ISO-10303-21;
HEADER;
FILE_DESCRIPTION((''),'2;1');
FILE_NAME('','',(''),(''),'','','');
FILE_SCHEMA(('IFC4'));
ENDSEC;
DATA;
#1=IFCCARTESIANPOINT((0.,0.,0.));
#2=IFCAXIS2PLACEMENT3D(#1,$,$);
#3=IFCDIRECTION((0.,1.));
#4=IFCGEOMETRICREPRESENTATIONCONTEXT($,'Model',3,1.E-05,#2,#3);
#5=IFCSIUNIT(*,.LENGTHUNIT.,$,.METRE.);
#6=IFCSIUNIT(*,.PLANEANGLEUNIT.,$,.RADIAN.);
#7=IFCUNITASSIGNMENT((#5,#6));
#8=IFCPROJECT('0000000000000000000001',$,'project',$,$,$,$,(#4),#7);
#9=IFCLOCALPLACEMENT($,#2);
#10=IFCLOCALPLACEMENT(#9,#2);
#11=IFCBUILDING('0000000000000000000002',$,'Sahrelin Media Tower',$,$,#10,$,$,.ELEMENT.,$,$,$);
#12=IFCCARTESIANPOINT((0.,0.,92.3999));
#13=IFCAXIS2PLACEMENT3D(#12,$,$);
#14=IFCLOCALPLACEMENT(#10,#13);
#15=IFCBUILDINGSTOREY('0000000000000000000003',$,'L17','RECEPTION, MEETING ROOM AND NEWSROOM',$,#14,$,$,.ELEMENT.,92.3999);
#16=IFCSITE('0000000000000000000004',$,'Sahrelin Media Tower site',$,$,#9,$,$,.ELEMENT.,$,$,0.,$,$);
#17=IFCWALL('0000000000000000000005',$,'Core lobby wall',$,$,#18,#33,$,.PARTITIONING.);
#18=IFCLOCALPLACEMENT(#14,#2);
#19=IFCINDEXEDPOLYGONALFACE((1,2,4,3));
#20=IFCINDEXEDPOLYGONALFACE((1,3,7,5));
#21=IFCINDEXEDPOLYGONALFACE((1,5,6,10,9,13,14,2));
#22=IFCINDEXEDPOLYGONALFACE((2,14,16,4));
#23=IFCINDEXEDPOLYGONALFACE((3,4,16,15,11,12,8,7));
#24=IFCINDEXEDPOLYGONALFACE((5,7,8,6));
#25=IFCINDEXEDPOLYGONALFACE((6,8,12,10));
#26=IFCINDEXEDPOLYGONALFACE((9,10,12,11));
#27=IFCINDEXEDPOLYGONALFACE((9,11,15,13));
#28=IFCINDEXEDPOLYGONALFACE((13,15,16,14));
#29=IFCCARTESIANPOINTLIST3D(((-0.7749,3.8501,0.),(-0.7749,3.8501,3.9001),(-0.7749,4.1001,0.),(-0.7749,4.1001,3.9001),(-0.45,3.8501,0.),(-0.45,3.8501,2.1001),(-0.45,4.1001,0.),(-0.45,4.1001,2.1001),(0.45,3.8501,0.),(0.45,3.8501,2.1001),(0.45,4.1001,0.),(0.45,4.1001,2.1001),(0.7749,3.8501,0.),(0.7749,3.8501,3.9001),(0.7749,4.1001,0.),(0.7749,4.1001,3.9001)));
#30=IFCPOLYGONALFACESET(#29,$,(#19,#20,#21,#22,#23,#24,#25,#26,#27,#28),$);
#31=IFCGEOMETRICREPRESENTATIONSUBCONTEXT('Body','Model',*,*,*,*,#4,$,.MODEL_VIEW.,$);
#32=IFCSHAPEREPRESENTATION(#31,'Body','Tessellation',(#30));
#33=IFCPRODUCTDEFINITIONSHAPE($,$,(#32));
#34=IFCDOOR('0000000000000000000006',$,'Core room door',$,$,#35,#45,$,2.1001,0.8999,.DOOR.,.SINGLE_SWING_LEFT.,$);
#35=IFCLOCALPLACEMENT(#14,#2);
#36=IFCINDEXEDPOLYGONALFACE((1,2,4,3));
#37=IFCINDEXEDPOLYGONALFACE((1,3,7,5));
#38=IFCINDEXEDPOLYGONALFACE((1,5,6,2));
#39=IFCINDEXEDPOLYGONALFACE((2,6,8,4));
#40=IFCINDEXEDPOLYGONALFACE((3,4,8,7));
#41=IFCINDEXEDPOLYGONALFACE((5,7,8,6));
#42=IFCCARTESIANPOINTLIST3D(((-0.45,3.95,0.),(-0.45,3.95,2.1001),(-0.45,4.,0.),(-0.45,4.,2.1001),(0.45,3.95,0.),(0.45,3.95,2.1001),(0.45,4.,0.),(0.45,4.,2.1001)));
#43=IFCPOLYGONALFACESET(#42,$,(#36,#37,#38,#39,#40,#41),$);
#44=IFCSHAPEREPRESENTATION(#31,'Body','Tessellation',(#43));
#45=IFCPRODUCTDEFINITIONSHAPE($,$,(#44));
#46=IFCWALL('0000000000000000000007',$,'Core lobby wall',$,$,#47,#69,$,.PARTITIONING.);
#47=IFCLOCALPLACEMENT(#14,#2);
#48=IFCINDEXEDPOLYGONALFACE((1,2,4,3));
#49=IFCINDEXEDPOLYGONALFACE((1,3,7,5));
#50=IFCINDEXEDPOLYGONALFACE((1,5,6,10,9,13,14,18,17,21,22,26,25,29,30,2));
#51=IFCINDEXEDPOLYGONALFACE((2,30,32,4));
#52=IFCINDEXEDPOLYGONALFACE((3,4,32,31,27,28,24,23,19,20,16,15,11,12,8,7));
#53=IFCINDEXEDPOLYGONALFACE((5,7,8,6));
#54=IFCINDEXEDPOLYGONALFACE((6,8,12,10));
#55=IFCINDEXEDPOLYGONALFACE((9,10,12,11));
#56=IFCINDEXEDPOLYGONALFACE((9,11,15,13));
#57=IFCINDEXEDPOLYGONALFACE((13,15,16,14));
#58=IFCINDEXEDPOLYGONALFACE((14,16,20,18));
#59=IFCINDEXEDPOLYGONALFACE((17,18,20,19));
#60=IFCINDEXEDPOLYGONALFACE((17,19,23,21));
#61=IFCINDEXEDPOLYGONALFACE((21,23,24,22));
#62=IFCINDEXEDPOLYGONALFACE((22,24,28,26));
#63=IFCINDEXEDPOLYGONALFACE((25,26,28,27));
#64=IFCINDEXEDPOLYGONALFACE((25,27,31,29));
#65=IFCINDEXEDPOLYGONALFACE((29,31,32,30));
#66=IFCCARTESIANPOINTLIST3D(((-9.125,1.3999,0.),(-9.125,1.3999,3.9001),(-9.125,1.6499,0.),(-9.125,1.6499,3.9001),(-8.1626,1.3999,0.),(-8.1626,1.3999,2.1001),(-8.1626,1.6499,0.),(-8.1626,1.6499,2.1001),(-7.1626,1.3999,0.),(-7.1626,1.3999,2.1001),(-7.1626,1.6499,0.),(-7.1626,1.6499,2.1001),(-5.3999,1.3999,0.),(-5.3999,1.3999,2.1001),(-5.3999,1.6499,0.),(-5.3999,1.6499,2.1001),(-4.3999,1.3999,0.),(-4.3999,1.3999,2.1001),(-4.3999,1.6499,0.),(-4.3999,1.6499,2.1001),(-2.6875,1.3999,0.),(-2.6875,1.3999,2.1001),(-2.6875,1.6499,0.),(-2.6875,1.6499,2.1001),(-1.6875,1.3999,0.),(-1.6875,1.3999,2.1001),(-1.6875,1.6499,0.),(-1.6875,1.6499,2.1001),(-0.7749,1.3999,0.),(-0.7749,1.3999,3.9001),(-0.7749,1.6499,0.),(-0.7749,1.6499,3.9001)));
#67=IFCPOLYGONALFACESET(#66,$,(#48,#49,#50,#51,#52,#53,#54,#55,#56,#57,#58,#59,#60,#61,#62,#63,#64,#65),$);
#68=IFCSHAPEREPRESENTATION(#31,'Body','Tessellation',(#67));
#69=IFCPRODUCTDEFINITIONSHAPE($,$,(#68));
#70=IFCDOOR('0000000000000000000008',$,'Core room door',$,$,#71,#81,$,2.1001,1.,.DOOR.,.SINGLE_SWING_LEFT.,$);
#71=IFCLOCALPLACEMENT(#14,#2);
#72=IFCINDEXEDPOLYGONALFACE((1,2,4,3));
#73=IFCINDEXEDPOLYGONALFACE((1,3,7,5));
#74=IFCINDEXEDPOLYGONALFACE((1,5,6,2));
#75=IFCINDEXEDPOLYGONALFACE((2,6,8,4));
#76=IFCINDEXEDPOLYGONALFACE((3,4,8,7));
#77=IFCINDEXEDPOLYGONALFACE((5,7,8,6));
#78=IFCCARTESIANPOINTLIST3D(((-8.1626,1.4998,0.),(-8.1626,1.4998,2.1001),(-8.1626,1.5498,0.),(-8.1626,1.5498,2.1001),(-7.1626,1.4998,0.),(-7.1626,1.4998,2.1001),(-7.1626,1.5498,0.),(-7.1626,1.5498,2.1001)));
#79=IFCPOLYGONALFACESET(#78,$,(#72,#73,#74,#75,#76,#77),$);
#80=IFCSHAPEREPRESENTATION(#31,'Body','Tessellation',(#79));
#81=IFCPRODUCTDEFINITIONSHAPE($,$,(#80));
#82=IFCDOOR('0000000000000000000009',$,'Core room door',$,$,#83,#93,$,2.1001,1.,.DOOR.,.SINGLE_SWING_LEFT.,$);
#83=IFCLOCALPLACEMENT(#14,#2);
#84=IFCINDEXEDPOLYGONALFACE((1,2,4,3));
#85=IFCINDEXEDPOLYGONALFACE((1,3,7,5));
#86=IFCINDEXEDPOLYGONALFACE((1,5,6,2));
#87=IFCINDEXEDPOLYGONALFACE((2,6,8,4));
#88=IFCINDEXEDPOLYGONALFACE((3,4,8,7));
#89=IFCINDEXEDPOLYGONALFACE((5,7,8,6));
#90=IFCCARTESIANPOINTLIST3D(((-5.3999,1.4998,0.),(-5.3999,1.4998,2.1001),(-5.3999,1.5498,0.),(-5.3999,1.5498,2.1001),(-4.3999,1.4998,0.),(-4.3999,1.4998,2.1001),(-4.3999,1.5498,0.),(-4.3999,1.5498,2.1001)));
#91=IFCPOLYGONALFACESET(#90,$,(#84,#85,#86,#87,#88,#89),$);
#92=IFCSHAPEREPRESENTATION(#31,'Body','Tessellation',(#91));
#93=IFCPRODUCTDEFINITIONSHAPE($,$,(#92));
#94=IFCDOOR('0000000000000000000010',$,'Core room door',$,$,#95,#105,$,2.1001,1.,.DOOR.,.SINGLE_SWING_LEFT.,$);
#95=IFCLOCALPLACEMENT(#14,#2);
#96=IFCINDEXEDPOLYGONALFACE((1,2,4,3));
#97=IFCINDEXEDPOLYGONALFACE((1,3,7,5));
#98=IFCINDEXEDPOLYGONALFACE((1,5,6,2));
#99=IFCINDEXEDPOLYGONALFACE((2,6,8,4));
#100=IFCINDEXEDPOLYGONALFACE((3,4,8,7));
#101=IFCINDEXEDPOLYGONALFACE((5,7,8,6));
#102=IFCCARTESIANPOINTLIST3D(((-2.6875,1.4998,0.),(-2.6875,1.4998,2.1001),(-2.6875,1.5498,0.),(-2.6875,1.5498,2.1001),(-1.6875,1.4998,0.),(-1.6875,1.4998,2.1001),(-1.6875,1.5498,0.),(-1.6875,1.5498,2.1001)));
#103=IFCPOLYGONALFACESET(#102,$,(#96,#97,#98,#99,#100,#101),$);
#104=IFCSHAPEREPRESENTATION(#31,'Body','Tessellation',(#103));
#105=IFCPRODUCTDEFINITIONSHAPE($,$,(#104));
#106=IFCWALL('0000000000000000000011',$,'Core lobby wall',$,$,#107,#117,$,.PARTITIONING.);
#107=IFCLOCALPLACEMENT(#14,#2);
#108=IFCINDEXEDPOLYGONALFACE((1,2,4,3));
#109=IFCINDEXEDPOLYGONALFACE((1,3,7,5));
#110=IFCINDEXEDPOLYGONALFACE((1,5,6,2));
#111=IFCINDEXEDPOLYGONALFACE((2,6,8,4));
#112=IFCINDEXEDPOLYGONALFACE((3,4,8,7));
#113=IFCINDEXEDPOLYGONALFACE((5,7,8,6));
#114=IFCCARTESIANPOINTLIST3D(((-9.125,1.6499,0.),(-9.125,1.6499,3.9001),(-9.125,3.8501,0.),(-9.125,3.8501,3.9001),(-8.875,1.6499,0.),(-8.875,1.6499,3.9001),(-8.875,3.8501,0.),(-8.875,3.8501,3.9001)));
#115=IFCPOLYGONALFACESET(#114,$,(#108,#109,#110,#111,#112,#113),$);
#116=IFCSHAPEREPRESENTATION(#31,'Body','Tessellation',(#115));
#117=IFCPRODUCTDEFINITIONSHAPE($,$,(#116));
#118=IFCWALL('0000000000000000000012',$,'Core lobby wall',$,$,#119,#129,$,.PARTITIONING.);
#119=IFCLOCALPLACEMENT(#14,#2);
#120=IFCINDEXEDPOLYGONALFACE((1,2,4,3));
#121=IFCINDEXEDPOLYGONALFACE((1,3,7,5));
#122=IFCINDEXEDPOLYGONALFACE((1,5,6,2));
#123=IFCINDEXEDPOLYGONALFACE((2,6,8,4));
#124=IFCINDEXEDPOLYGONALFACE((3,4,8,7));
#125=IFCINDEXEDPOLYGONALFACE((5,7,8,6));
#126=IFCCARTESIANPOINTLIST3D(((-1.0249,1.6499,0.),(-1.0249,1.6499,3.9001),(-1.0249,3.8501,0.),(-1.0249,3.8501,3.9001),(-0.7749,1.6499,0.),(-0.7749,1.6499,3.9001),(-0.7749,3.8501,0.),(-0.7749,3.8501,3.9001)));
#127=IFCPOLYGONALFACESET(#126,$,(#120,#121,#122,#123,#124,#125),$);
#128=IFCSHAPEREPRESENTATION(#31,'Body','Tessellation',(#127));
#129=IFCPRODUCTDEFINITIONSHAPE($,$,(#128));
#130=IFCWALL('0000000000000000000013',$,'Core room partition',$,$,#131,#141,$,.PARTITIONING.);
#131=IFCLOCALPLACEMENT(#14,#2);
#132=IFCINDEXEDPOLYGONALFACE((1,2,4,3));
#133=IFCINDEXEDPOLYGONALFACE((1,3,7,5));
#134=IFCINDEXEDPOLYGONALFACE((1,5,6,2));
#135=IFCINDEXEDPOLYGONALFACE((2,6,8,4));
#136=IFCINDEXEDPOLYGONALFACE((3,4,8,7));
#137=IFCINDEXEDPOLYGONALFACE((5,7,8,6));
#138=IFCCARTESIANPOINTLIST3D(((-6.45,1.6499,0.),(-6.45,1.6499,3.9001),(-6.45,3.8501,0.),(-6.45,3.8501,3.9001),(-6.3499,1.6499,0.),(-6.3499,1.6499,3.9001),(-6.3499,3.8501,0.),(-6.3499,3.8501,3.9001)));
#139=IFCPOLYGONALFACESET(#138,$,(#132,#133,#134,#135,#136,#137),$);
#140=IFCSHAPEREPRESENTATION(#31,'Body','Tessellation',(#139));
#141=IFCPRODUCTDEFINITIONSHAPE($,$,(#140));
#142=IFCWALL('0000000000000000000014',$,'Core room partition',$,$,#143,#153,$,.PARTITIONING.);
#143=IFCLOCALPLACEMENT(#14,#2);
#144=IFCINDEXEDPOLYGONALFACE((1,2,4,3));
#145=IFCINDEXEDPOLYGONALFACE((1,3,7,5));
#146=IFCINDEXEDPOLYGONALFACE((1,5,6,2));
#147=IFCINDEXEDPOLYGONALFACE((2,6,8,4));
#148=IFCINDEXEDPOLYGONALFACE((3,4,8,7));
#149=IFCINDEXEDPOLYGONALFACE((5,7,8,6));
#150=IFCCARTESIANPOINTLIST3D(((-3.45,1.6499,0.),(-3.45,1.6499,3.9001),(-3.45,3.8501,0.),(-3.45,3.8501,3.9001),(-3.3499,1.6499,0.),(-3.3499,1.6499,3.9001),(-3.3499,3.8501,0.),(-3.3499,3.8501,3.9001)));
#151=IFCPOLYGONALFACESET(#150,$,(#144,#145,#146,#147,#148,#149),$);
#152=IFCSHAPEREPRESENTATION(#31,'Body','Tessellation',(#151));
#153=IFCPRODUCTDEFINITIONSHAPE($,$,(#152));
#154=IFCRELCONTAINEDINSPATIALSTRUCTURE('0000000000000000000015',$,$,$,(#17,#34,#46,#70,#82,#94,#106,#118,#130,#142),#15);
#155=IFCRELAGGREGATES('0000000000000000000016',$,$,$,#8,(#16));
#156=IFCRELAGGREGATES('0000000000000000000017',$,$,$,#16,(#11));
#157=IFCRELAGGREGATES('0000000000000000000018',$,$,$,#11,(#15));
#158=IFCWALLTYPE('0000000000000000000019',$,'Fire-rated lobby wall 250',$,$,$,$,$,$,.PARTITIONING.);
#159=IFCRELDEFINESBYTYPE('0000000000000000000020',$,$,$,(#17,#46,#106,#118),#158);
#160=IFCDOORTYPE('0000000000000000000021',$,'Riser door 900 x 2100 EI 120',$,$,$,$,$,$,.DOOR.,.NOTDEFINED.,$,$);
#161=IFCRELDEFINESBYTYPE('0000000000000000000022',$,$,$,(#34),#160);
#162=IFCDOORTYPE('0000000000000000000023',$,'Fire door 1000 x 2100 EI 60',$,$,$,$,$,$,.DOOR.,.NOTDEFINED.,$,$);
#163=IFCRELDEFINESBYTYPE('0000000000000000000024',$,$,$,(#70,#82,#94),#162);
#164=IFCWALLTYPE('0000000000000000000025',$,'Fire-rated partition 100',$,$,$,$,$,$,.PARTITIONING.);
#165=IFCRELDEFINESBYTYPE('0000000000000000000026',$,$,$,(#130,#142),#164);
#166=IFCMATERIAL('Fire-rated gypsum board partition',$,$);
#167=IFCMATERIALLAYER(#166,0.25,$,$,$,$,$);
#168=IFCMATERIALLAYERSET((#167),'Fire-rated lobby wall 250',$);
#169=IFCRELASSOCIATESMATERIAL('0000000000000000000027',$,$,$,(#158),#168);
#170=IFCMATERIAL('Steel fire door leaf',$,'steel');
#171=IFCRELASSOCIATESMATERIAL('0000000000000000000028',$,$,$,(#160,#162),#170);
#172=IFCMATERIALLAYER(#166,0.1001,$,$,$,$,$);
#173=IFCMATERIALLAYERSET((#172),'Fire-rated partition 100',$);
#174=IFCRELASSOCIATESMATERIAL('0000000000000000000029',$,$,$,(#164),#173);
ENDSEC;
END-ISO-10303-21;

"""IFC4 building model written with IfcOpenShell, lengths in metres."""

from ifc_helpers import new_model, si_unit, direction, frame, frame_2d, origin, place, context, subcontext, project, spatial, rectangle, extrude, material, layer, layer_set, type_object, element, fill, save


model = new_model("IFC4")

# Units and contexts
model_context = context("Model", 3, precision=1e-05, world=origin(), true_north=direction((0.0, 1.0)))
body_context = subcontext(model_context, "Body", "Model", "MODEL_VIEW")
ifc_project = project(units=[si_unit("LENGTHUNIT", "METRE"), si_unit("PLANEANGLEUNIT", "RADIAN")], contexts=[model_context])

# Site, building, storey
site_placement = place(None, origin())
site = spatial("IfcSite", under=ifc_project, at=site_placement, Name="Sahrelin Media Tower site", CompositionType="ELEMENT", RefElevation=0.0)
building_placement = place(site_placement, origin())
building = spatial("IfcBuilding", under=site, at=building_placement, Name="Sahrelin Media Tower", CompositionType="ELEMENT")
storey_placement = place(building_placement, frame((0.0, 0.0, 92.3999)))
storey = spatial("IfcBuildingStorey", under=building, at=storey_placement, Name="L17", Description="RECEPTION, MEETING ROOM AND NEWSROOM", CompositionType="ELEMENT", Elevation=92.3999)

# Shared definitions
ifc_material_1 = material(Name="Steel fire door leaf", Category="steel")

# Wall, opening, door
ifc_material_2 = material(Name="Fire-rated gypsum board partition")
ifc_layer_1 = layer(ifc_material_2, 0.25)
ifc_layer_set_1 = layer_set([ifc_layer_1], Name="Fire-rated lobby wall 250")
wall_type_1 = type_object("IfcWallType", Name="Fire-rated lobby wall 250", PredefinedType="PARTITIONING", material=ifc_layer_set_1)
wall_1_placement = place(storey_placement, frame((-0.7749, 3.9751, 0.0), z_axis=(0.0, 0.0, 1.0), x_axis=(1.0, 0.0, 0.0)))
wall_1 = element("IfcWall", 1, at=wall_1_placement, inside=storey, type_object=wall_type_1, Name="Core lobby wall", PredefinedType="PARTITIONING", context=body_context, shape_type="SweptSolid", body=[
    extrude(rectangle(XDim=1.5498, YDim=0.25, at=frame_2d((0.7749, 0.0))), origin(), (0.0, 0.0, 1.0), 3.9001),
])
opening_1_placement = place(wall_1_placement, frame((0.325, 0.0, 0.0)))
opening_1 = element("IfcOpeningElement", 2, at=opening_1_placement, cuts=wall_1, PredefinedType="OPENING", context=body_context, shape_type="SweptSolid", body=[
    extrude(rectangle(XDim=0.8999, YDim=2.1001, at=frame_2d((0.45, 1.05))), frame((0.0, 0.125, 0.0), z_axis=(0.0, -1.0, 0.0), x_axis=(1.0, 0.0, 0.0)), (0.0, 0.0, 1.0), 0.25),
])
door_type_1 = type_object("IfcDoorType", Name="Riser door 900 x 2100 EI 120", OperationType="NOTDEFINED", PredefinedType="DOOR", material=ifc_material_1)
door_1_placement = place(opening_1_placement, origin())
door_1 = element("IfcDoor", 3, at=door_1_placement, inside=storey, type_object=door_type_1, Name="Core room door", OperationType="SINGLE_SWING_LEFT", OverallHeight=2.1001, OverallWidth=0.8999, PredefinedType="DOOR", context=body_context, shape_type="SweptSolid", body=[
    extrude(rectangle(XDim=0.8999, YDim=2.1001, at=frame_2d((0.45, 1.05))), frame((0.0, 0.0249, 0.0), z_axis=(0.0, -1.0, 0.0), x_axis=(1.0, 0.0, 0.0)), (0.0, 0.0, 1.0), 0.05),
])
fill(opening_1, door_1)

# Wall, openings, doors
wall_2_placement = place(storey_placement, frame((-9.125, 1.5249, 0.0), z_axis=(0.0, 0.0, 1.0), x_axis=(1.0, 0.0, 0.0)))
wall_2 = element("IfcWall", 4, at=wall_2_placement, inside=storey, type_object=wall_type_1, Name="Core lobby wall", PredefinedType="PARTITIONING", context=body_context, shape_type="SweptSolid", body=[
    extrude(rectangle(XDim=8.3501, YDim=0.25, at=frame_2d((4.175, 0.0))), origin(), (0.0, 0.0, 1.0), 3.9001),
])
opening_2_placement = place(wall_2_placement, frame((0.9624, 0.0, 0.0)))
opening_2 = element("IfcOpeningElement", 5, at=opening_2_placement, cuts=wall_2, PredefinedType="OPENING", context=body_context, shape_type="SweptSolid", body=[
    extrude(rectangle(XDim=1.0, YDim=2.1001, at=frame_2d((0.5, 1.05))), frame((0.0, 0.125, 0.0), z_axis=(0.0, -1.0, 0.0), x_axis=(1.0, 0.0, 0.0)), (0.0, 0.0, 1.0), 0.25),
])
opening_3_placement = place(wall_2_placement, frame((3.7251, 0.0, 0.0)))
opening_3 = element("IfcOpeningElement", 6, at=opening_3_placement, cuts=wall_2, PredefinedType="OPENING", context=body_context, shape_type="SweptSolid", body=[
    extrude(rectangle(XDim=1.0, YDim=2.1001, at=frame_2d((0.5, 1.05))), frame((0.0, 0.125, 0.0), z_axis=(0.0, -1.0, 0.0), x_axis=(1.0, 0.0, 0.0)), (0.0, 0.0, 1.0), 0.25),
])
opening_4_placement = place(wall_2_placement, frame((6.4375, 0.0, 0.0)))
opening_4 = element("IfcOpeningElement", 7, at=opening_4_placement, cuts=wall_2, PredefinedType="OPENING", context=body_context, shape_type="SweptSolid", body=[
    extrude(rectangle(XDim=1.0, YDim=2.1001, at=frame_2d((0.5, 1.05))), frame((0.0, 0.125, 0.0), z_axis=(0.0, -1.0, 0.0), x_axis=(1.0, 0.0, 0.0)), (0.0, 0.0, 1.0), 0.25),
])
door_type_2 = type_object("IfcDoorType", Name="Fire door 1000 x 2100 EI 60", OperationType="NOTDEFINED", PredefinedType="DOOR", material=ifc_material_1)
door_2_placement = place(opening_2_placement, origin())
door_2 = element("IfcDoor", 8, at=door_2_placement, inside=storey, type_object=door_type_2, Name="Core room door", OperationType="SINGLE_SWING_LEFT", OverallHeight=2.1001, OverallWidth=1.0, PredefinedType="DOOR", context=body_context, shape_type="SweptSolid", body=[
    extrude(rectangle(XDim=1.0, YDim=2.1001, at=frame_2d((0.5, 1.05))), frame((0.0, 0.0249, 0.0), z_axis=(0.0, -1.0, 0.0), x_axis=(1.0, 0.0, 0.0)), (0.0, 0.0, 1.0), 0.05),
])
fill(opening_2, door_2)
door_3_placement = place(opening_3_placement, origin())
door_3 = element("IfcDoor", 9, at=door_3_placement, inside=storey, type_object=door_type_2, Name="Core room door", OperationType="SINGLE_SWING_LEFT", OverallHeight=2.1001, OverallWidth=1.0, PredefinedType="DOOR", context=body_context, shape_type="SweptSolid", body=[
    extrude(rectangle(XDim=1.0, YDim=2.1001, at=frame_2d((0.5, 1.05))), frame((0.0, 0.0249, 0.0), z_axis=(0.0, -1.0, 0.0), x_axis=(1.0, 0.0, 0.0)), (0.0, 0.0, 1.0), 0.05),
])
fill(opening_3, door_3)
door_4_placement = place(opening_4_placement, origin())
door_4 = element("IfcDoor", 10, at=door_4_placement, inside=storey, type_object=door_type_2, Name="Core room door", OperationType="SINGLE_SWING_LEFT", OverallHeight=2.1001, OverallWidth=1.0, PredefinedType="DOOR", context=body_context, shape_type="SweptSolid", body=[
    extrude(rectangle(XDim=1.0, YDim=2.1001, at=frame_2d((0.5, 1.05))), frame((0.0, 0.0249, 0.0), z_axis=(0.0, -1.0, 0.0), x_axis=(1.0, 0.0, 0.0)), (0.0, 0.0, 1.0), 0.05),
])
fill(opening_4, door_4)

# Walls
for number, where, z_axis, x_axis, name in (
    (11, (-9.0, 1.6499, 0.0), (0.0, 0.0, 1.0), (0.0, 1.0, 0.0), "Core lobby wall"),
    (12, (-0.8999, 1.6499, 0.0), (0.0, 0.0, 1.0), (0.0, 1.0, 0.0), "Core lobby wall"),
):
    element("IfcWall", number, at=place(storey_placement, frame(where, z_axis=z_axis, x_axis=x_axis)), inside=storey, type_object=wall_type_1, Name=name, PredefinedType="PARTITIONING", context=body_context, shape_type="SweptSolid", body=[
        extrude(rectangle(XDim=2.2002, YDim=0.25, at=frame_2d((1.1001, 0.0))), origin(), (0.0, 0.0, 1.0), 3.9001),
    ])
ifc_layer_2 = layer(ifc_material_2, 0.1001)
ifc_layer_set_2 = layer_set([ifc_layer_2], Name="Fire-rated partition 100")
wall_type_2 = type_object("IfcWallType", Name="Fire-rated partition 100", PredefinedType="PARTITIONING", material=ifc_layer_set_2)
for number, where, z_axis, x_axis, name in (
    (13, (-6.3999, 1.6499, 0.0), (0.0, 0.0, 1.0), (0.0, 1.0, 0.0), "Core room partition"),
    (14, (-3.3999, 1.6499, 0.0), (0.0, 0.0, 1.0), (0.0, 1.0, 0.0), "Core room partition"),
):
    element("IfcWall", number, at=place(storey_placement, frame(where, z_axis=z_axis, x_axis=x_axis)), inside=storey, type_object=wall_type_2, Name=name, PredefinedType="PARTITIONING", context=body_context, shape_type="SweptSolid", body=[
        extrude(rectangle(XDim=2.2002, YDim=0.1001, at=frame_2d((1.1001, 0.0))), origin(), (0.0, 0.0, 1.0), 3.9001),
    ])

save(model, "model.ifc")
